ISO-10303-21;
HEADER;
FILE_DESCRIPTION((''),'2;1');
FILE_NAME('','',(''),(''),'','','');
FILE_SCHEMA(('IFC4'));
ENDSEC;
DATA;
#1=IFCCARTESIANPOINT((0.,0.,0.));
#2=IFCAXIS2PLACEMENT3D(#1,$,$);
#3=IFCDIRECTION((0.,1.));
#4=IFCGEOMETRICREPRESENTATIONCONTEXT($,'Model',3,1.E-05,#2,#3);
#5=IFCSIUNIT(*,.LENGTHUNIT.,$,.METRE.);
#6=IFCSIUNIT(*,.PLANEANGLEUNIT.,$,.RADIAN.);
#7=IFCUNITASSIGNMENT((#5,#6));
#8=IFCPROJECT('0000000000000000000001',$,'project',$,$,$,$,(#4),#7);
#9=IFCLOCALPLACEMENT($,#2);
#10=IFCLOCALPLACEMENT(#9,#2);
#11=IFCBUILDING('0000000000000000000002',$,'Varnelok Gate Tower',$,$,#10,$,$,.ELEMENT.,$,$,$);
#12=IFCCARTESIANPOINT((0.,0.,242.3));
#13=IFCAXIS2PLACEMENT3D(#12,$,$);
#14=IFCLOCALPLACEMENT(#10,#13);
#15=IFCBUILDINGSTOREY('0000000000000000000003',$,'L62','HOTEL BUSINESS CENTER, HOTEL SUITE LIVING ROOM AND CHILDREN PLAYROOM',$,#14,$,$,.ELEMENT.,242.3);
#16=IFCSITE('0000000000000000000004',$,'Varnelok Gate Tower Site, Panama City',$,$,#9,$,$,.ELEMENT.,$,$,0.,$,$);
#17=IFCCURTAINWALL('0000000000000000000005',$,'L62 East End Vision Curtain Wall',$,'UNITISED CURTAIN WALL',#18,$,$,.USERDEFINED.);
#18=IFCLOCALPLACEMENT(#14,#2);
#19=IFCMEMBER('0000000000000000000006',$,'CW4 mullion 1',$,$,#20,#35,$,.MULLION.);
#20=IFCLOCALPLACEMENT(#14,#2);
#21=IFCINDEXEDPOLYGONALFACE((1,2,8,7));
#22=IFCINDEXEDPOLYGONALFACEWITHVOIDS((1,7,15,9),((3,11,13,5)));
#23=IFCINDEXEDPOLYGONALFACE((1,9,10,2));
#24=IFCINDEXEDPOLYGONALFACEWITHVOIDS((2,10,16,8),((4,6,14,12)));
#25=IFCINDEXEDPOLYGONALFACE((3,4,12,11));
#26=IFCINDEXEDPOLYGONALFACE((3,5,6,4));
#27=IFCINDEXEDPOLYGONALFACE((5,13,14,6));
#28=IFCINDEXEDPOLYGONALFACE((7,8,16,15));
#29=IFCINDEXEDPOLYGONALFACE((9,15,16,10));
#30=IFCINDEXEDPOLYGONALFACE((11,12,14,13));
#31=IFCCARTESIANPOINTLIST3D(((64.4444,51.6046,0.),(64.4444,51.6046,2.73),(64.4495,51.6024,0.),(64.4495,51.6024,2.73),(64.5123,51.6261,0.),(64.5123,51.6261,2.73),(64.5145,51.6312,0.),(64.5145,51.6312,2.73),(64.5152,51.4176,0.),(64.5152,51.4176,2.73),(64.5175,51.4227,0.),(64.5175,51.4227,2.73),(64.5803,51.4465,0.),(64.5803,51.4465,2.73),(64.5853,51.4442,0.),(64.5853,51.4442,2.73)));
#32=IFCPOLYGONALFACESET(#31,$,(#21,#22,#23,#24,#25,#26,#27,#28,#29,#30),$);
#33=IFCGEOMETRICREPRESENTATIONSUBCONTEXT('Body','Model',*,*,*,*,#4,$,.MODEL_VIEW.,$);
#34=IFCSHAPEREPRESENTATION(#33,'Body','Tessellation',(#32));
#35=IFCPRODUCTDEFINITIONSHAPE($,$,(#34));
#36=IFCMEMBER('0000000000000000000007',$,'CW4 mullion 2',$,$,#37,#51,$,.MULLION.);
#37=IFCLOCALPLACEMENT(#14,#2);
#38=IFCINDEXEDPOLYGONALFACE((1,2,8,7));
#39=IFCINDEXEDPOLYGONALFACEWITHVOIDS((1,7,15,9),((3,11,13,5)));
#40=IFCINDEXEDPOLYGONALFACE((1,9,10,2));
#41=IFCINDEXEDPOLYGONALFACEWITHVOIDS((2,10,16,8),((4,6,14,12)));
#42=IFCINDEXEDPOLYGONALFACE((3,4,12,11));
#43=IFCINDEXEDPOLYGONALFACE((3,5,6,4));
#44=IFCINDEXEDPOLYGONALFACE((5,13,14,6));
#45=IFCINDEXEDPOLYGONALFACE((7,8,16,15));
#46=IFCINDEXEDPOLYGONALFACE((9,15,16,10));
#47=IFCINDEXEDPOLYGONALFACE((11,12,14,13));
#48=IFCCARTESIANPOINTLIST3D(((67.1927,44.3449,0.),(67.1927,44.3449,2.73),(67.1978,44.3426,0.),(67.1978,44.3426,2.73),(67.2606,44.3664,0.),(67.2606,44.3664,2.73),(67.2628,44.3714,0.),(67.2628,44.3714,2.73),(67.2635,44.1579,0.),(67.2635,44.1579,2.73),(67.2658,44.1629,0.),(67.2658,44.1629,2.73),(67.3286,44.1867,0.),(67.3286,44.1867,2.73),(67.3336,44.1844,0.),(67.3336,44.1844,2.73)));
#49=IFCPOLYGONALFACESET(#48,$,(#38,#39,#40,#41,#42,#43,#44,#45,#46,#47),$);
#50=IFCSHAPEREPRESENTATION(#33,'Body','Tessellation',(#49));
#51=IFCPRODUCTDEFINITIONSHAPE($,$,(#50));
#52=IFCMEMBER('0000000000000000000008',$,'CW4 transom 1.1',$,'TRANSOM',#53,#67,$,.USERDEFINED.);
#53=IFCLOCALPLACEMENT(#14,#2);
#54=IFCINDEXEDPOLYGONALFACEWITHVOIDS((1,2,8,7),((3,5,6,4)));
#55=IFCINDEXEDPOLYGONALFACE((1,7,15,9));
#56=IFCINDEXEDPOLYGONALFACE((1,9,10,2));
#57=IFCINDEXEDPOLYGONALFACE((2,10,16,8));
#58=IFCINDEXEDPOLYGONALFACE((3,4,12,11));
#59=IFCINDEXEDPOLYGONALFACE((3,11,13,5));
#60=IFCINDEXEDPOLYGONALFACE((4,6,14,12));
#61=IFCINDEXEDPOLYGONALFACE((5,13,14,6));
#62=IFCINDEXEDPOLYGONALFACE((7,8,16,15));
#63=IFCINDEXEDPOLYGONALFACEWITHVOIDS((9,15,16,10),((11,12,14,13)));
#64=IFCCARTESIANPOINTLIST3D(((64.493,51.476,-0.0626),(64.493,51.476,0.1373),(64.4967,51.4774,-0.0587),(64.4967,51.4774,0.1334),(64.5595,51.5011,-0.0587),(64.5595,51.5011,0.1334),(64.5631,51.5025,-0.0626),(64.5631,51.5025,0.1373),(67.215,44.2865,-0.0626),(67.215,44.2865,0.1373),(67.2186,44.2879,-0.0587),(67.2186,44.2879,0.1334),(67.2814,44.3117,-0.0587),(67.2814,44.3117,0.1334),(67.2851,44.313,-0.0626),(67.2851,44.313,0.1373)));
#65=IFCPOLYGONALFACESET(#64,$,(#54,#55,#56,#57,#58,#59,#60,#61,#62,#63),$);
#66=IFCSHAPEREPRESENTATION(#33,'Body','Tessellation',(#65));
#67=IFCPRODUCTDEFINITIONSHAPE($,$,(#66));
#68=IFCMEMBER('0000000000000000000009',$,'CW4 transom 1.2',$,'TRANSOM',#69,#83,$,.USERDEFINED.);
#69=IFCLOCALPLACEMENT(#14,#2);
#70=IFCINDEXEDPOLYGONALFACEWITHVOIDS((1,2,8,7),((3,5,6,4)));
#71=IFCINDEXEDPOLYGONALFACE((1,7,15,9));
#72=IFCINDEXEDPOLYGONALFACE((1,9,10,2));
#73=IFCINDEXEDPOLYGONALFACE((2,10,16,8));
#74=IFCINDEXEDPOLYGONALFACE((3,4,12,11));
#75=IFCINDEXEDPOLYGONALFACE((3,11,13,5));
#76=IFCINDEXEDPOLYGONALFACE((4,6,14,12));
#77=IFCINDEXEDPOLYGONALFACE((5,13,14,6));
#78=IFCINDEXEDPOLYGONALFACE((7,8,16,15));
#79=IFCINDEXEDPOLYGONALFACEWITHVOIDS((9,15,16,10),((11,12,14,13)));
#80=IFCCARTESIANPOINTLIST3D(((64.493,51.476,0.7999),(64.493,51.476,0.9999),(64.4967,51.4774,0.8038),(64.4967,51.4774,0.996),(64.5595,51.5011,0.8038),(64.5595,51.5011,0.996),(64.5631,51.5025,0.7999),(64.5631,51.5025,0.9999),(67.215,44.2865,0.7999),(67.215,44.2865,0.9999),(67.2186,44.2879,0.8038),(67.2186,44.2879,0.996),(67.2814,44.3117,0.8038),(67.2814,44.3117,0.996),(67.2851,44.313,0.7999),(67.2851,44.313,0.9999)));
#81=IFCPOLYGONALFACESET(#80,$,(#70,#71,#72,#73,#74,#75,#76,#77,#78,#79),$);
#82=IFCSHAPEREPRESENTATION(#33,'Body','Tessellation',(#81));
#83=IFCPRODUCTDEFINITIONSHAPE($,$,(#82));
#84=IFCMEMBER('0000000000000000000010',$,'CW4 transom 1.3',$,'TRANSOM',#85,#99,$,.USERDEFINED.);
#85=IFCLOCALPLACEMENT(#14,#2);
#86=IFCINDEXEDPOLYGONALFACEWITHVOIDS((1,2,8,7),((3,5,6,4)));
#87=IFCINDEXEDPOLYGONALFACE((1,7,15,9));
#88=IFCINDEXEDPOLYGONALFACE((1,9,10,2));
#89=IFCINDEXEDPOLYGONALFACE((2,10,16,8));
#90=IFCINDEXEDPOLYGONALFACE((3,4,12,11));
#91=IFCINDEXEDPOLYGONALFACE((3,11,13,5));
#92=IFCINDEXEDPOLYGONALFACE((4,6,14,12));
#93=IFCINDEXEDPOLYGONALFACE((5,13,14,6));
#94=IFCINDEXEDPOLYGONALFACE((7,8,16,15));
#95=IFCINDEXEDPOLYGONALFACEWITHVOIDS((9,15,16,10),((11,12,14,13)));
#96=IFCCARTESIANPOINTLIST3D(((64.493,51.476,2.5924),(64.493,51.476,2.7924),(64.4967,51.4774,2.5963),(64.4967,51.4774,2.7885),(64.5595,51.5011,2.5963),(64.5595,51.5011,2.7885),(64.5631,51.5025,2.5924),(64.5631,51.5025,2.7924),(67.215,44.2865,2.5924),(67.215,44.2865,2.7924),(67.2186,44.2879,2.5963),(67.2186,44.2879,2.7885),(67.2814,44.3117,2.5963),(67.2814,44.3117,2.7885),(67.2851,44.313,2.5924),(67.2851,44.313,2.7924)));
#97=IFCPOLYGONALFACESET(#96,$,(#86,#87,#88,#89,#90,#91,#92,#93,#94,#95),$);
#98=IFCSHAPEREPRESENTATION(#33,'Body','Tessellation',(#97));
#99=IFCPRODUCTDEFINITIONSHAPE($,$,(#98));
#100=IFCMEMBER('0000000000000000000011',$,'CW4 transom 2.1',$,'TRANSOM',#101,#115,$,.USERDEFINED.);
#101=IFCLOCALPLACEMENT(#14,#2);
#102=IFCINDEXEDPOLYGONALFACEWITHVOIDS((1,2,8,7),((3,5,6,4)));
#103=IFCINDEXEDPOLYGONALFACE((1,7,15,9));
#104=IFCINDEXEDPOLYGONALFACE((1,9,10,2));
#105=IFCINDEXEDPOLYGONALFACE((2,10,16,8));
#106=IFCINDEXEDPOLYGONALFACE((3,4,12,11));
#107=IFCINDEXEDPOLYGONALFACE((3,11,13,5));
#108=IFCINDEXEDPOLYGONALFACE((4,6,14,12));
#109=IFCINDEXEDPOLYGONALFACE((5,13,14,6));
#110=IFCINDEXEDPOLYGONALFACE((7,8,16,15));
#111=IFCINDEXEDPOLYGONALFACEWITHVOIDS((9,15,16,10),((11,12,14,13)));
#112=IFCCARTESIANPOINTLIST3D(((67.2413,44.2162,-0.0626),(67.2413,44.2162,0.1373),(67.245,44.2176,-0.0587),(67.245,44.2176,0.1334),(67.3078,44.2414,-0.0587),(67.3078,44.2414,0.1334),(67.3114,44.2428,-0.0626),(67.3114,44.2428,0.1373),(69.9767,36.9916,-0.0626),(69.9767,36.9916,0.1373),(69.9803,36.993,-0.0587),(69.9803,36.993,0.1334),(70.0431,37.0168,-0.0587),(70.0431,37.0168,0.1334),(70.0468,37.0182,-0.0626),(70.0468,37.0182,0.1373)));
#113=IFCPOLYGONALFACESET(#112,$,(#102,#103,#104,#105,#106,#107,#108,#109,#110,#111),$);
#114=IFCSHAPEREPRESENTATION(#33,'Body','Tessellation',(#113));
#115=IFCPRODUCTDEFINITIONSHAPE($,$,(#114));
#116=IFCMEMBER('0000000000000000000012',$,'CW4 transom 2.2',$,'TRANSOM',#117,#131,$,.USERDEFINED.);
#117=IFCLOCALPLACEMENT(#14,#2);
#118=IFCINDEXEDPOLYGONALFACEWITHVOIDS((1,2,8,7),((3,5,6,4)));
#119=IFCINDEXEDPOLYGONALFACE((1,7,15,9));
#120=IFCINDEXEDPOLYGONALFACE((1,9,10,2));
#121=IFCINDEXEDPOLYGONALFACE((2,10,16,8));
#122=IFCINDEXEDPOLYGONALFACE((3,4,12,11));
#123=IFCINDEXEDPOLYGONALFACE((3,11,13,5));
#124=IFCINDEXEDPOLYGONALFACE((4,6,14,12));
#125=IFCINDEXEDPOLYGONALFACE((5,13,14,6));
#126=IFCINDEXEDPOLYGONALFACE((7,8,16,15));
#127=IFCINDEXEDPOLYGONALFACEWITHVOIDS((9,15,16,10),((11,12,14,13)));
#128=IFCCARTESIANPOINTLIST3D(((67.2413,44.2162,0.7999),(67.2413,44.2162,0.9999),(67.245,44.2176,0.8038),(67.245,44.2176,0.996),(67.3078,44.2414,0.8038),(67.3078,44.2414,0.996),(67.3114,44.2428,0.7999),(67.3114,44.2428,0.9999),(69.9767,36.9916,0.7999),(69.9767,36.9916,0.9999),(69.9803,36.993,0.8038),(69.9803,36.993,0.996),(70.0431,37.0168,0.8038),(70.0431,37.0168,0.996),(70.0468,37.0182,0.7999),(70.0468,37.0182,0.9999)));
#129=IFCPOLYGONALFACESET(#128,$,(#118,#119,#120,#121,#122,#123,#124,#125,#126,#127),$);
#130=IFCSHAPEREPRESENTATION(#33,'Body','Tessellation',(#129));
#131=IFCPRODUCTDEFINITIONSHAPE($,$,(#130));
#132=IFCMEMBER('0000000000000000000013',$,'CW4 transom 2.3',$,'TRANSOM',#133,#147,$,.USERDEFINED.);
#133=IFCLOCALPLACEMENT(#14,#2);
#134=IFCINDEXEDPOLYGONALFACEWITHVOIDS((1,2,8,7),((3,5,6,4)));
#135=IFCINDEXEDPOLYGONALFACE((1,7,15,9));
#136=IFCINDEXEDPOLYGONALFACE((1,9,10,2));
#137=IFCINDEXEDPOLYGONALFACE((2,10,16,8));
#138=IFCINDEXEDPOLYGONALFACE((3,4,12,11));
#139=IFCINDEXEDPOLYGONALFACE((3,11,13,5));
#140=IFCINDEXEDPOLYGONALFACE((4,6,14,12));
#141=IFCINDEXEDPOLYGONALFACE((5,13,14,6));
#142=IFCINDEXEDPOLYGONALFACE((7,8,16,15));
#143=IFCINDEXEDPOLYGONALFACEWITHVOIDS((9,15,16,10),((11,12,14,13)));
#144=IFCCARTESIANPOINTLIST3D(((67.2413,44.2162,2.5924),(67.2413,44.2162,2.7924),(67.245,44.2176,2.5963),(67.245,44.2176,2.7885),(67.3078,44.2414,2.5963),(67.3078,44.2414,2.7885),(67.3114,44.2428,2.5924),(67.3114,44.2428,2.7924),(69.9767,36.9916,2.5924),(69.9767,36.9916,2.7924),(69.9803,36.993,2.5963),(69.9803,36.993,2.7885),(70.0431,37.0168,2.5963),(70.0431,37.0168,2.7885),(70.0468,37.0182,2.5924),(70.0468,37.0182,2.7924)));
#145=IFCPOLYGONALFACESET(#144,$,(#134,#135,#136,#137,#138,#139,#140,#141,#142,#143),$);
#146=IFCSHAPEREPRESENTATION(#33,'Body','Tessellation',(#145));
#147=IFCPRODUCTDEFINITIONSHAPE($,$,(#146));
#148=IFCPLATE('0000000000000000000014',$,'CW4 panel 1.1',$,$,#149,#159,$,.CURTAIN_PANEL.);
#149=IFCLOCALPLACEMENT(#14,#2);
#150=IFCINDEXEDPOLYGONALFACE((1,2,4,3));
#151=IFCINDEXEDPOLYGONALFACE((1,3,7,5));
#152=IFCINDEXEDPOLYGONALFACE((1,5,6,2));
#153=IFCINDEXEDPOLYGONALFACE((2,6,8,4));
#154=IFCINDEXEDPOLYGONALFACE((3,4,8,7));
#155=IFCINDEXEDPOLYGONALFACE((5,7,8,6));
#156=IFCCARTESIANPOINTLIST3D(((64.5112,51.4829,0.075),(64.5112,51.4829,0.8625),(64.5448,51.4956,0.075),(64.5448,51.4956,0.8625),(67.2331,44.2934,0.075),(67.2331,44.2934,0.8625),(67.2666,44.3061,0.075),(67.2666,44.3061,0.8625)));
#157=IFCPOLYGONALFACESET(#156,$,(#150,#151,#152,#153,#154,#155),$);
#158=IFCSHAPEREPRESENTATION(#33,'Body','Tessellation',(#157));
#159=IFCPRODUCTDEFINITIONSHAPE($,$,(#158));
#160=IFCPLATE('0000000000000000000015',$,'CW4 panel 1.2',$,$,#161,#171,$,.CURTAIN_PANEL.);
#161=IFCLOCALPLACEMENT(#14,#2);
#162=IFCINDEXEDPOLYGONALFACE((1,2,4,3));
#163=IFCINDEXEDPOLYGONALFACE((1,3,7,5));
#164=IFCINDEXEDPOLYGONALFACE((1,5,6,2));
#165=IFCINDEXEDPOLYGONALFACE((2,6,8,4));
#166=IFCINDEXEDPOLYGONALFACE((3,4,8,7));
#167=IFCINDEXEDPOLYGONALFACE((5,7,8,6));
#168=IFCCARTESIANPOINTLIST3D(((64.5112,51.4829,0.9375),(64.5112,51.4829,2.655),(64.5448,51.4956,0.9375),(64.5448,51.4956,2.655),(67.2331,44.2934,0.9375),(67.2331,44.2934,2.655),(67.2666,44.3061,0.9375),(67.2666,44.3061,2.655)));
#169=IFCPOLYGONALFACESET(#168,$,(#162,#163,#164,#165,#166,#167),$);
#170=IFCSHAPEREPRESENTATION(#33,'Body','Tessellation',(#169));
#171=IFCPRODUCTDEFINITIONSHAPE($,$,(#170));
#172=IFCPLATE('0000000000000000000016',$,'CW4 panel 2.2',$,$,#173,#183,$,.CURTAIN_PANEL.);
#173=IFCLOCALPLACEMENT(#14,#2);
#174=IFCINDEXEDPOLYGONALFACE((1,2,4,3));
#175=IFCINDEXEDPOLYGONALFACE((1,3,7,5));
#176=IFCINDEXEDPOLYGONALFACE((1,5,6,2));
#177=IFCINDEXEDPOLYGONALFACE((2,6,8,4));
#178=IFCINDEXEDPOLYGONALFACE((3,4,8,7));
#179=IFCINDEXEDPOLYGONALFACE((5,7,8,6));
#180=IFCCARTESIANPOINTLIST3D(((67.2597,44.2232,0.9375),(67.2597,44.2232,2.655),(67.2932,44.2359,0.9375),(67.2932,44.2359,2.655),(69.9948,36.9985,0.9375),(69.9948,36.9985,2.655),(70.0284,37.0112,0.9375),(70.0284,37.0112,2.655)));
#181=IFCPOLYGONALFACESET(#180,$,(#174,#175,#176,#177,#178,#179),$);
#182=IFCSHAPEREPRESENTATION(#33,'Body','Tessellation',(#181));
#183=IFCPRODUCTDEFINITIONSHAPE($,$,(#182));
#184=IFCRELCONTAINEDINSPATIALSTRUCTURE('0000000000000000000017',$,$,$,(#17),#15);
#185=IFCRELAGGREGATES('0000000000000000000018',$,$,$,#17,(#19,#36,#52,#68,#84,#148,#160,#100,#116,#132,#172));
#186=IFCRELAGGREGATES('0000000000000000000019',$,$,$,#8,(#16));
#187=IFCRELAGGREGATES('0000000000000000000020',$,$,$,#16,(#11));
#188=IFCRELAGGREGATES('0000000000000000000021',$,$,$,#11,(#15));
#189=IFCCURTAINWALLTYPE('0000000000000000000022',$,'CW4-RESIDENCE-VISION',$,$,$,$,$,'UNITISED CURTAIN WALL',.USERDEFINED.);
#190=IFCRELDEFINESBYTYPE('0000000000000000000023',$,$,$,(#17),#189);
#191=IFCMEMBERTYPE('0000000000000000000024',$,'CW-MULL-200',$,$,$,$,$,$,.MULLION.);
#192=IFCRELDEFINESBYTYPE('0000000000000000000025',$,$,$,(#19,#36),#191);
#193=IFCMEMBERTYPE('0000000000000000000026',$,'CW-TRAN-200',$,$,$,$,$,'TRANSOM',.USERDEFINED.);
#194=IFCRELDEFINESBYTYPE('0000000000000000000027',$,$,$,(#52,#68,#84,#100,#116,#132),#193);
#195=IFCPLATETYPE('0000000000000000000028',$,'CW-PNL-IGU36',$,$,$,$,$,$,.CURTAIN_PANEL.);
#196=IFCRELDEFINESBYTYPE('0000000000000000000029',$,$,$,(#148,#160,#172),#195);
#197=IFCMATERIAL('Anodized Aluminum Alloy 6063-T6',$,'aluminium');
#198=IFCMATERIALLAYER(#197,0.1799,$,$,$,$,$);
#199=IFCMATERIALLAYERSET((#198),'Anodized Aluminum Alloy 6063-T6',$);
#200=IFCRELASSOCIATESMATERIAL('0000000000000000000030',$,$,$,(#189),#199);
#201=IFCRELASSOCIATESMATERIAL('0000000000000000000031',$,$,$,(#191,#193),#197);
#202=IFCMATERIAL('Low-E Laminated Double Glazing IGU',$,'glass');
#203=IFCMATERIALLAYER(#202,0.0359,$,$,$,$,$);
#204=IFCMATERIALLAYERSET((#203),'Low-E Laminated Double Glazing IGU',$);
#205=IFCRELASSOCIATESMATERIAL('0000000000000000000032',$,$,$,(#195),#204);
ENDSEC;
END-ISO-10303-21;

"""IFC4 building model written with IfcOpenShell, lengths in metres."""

from ifc_helpers import new_model, si_unit, direction, frame, origin, origin_2d, place, context, subcontext, project, spatial, rectangle, hollow_rectangle, extrude, source, transform, mapped, material, layer, layer_set, material_profile, profile_set, type_object, element, aggregate, save


model = new_model("IFC4")

# Units and contexts
model_context = context("Model", 3, precision=1e-05, world=origin(), true_north=direction((0.0, 1.0)))
body_context = subcontext(model_context, "Body", "Model", "MODEL_VIEW")
ifc_project = project(units=[si_unit("LENGTHUNIT", "METRE"), si_unit("PLANEANGLEUNIT", "RADIAN")], contexts=[model_context])

# Site, building, storey
site_placement = place(None, origin())
site = spatial("IfcSite", under=ifc_project, at=site_placement, Name="Varnelok Gate Tower Site, Panama City", CompositionType="ELEMENT", RefElevation=0.0)
building_placement = place(site_placement, origin())
building = spatial("IfcBuilding", under=site, at=building_placement, Name="Varnelok Gate Tower", CompositionType="ELEMENT")
storey_placement = place(building_placement, frame((0.0, 0.0, 242.3)))
storey = spatial("IfcBuildingStorey", under=building, at=storey_placement, Name="L62", Description="HOTEL BUSINESS CENTER, HOTEL SUITE LIVING ROOM AND CHILDREN PLAYROOM", CompositionType="ELEMENT", Elevation=242.3)

# Curtain wall, members, plates
ifc_material_1 = material(Name="Anodized Aluminum Alloy 6063-T6", Category="aluminium")
ifc_layer_1 = layer(ifc_material_1, 0.1799)
ifc_layer_set_1 = layer_set([ifc_layer_1], Name="Anodized Aluminum Alloy 6063-T6")
curtain_wall_type = type_object("IfcCurtainWallType", Name="CW4-RESIDENCE-VISION", ElementType="UNITISED CURTAIN WALL", PredefinedType="USERDEFINED", material=ifc_layer_set_1)
curtain_wall_placement = place(storey_placement, origin())
curtain_wall = element("IfcCurtainWall", 1, at=curtain_wall_placement, inside=storey, type_object=curtain_wall_type, Name="L62 East End Vision Curtain Wall", ObjectType="UNITISED CURTAIN WALL", PredefinedType="USERDEFINED")
ifc_material_profile_1 = material_profile(ifc_material_1, hollow_rectangle(XDim=0.075, YDim=0.2, WallThickness=0.0039, at=origin_2d()), Name="ALU200X75X4")
ifc_profile_set_1 = profile_set([ifc_material_profile_1], Name="Anodized Aluminum Alloy 6063-T6")
member_type_1 = type_object("IfcMemberType", Name="CW-MULL-200", PredefinedType="MULLION", material=ifc_profile_set_1)
member_1_placement = place(storey_placement, frame((64.5149, 51.5244, 0.0), z_axis=(0.0, 0.0, 1.0), x_axis=(0.935222, 0.354063, 0.0)))
member_1 = element("IfcMember", 2, at=member_1_placement, type_object=member_type_1, Name="CW4 mullion 1", PredefinedType="MULLION", context=body_context, shape_type="SweptSolid", body=[
    extrude(hollow_rectangle(XDim=0.075, YDim=0.2, WallThickness=0.0039, at=origin_2d()), origin(), (0.0, 0.0, 1.0), 2.73),
])
member_2_placement = place(storey_placement, frame((67.2632, 44.2646, 0.0), z_axis=(0.0, 0.0, 1.0), x_axis=(0.935222, 0.354063, 0.0)))
member_2 = element("IfcMember", 3, at=member_2_placement, type_object=member_type_1, Name="CW4 mullion 2", PredefinedType="MULLION", context=body_context, shape_type="SweptSolid", body=[
    extrude(hollow_rectangle(XDim=0.075, YDim=0.2, WallThickness=0.0039, at=origin_2d()), origin(), (0.0, 0.0, 1.0), 2.73),
])
ifc_material_profile_2 = material_profile(ifc_material_1, hollow_rectangle(XDim=0.075, YDim=0.2, WallThickness=0.0039, at=origin_2d()), Name="ALU200X75X4")
ifc_profile_set_2 = profile_set([ifc_material_profile_2], Name="Anodized Aluminum Alloy 6063-T6")
member_type_2 = type_object("IfcMemberType", Name="CW-TRAN-200", ElementType="TRANSOM", PredefinedType="USERDEFINED", material=ifc_profile_set_2)
member_3_placement = place(storey_placement, frame((64.5281, 51.4893, 0.0374), z_axis=(0.354073, -0.935218, 0.0), x_axis=(0.935218, 0.354073, 0.0)))
member_3 = element("IfcMember", 4, at=member_3_placement, type_object=member_type_2, Name="CW4 transom 1.1", ObjectType="TRANSOM", PredefinedType="USERDEFINED", context=body_context, shape_type="SweptSolid", body=[
    extrude(hollow_rectangle(XDim=0.075, YDim=0.2, WallThickness=0.0039, at=origin_2d()), origin(), (0.0, 0.0, 1.0), 7.6875),
])
member_4_placement = place(storey_placement, frame((64.5281, 51.4893, 0.8999), z_axis=(0.354073, -0.935218, 0.0), x_axis=(0.935218, 0.354073, 0.0)))
member_4 = element("IfcMember", 5, at=member_4_placement, type_object=member_type_2, Name="CW4 transom 1.2", ObjectType="TRANSOM", PredefinedType="USERDEFINED", context=body_context, shape_type="SweptSolid", body=[
    extrude(hollow_rectangle(XDim=0.075, YDim=0.2, WallThickness=0.0039, at=origin_2d()), origin(), (0.0, 0.0, 1.0), 7.6875),
])
member_5_placement = place(storey_placement, frame((64.5281, 51.4893, 2.6924), z_axis=(0.354073, -0.935218, 0.0), x_axis=(0.935218, 0.354073, 0.0)))
member_5 = element("IfcMember", 6, at=member_5_placement, type_object=member_type_2, Name="CW4 transom 1.3", ObjectType="TRANSOM", PredefinedType="USERDEFINED", context=body_context, shape_type="SweptSolid", body=[
    extrude(hollow_rectangle(XDim=0.075, YDim=0.2, WallThickness=0.0039, at=origin_2d()), origin(), (0.0, 0.0, 1.0), 7.6875),
])
member_6_placement = place(storey_placement, frame((67.2764, 44.2295, 0.0374), z_axis=(0.354086, -0.935213, 0.0), x_axis=(0.935213, 0.354086, 0.0)))
member_6 = element("IfcMember", 7, at=member_6_placement, type_object=member_type_2, Name="CW4 transom 2.1", ObjectType="TRANSOM", PredefinedType="USERDEFINED", context=body_context, shape_type="SweptSolid", body=[
    extrude(hollow_rectangle(XDim=0.075, YDim=0.2, WallThickness=0.0039, at=origin_2d()), origin(), (0.0, 0.0, 1.0), 7.7251),
])
member_7_placement = place(storey_placement, frame((67.2764, 44.2295, 0.8999), z_axis=(0.354086, -0.935213, 0.0), x_axis=(0.935213, 0.354086, 0.0)))
member_7 = element("IfcMember", 8, at=member_7_placement, type_object=member_type_2, Name="CW4 transom 2.2", ObjectType="TRANSOM", PredefinedType="USERDEFINED", context=body_context, shape_type="SweptSolid", body=[
    extrude(hollow_rectangle(XDim=0.075, YDim=0.2, WallThickness=0.0039, at=origin_2d()), origin(), (0.0, 0.0, 1.0), 7.7251),
])
member_8_placement = place(storey_placement, frame((67.2764, 44.2295, 2.6924), z_axis=(0.354086, -0.935213, 0.0), x_axis=(0.935213, 0.354086, 0.0)))
member_8 = element("IfcMember", 9, at=member_8_placement, type_object=member_type_2, Name="CW4 transom 2.3", ObjectType="TRANSOM", PredefinedType="USERDEFINED", context=body_context, shape_type="SweptSolid", body=[
    extrude(hollow_rectangle(XDim=0.075, YDim=0.2, WallThickness=0.0039, at=origin_2d()), origin(), (0.0, 0.0, 1.0), 7.7251),
])
ifc_material_2 = material(Name="Low-E Laminated Double Glazing IGU", Category="glass")
ifc_layer_2 = layer(ifc_material_2, 0.0359)
ifc_layer_set_2 = layer_set([ifc_layer_2], Name="Low-E Laminated Double Glazing IGU")
plate_type = type_object("IfcPlateType", Name="CW-PNL-IGU36", PredefinedType="CURTAIN_PANEL", material=ifc_layer_set_2)
shared_shape_1 = source(origin(), body_context, "Body", "SweptSolid", [
    extrude(rectangle(XDim=7.6875, YDim=0.0359, at=origin_2d()), origin(), (0.0, 0.0, 1.0), 0.7876),
])
plate_1_placement = place(storey_placement, frame((65.8889, 47.8945, 0.075), z_axis=(0.0, 0.0, 1.0), x_axis=(0.354063, -0.935222, 0.0)))
plate_1 = element("IfcPlate", 10, at=plate_1_placement, type_object=plate_type, Name="CW4 panel 1.1", PredefinedType="CURTAIN_PANEL", context=body_context, shape_type="MappedRepresentation", body=[
    mapped(shared_shape_1, transform((0.0, 0.0, 0.0), scale=1.0)),
])
shared_shape_2 = source(origin(), body_context, "Body", "SweptSolid", [
    extrude(rectangle(XDim=7.6875, YDim=0.0359, at=origin_2d()), origin(), (0.0, 0.0, 1.0), 1.7175),
])
plate_2_placement = place(storey_placement, frame((65.8889, 47.8945, 0.9375), z_axis=(0.0, 0.0, 1.0), x_axis=(0.354063, -0.935222, 0.0)))
plate_2 = element("IfcPlate", 11, at=plate_2_placement, type_object=plate_type, Name="CW4 panel 1.2", PredefinedType="CURTAIN_PANEL", context=body_context, shape_type="MappedRepresentation", body=[
    mapped(shared_shape_2, transform((0.0, 0.0, 0.0), scale=1.0)),
])
shared_shape_3 = source(origin(), body_context, "Body", "SweptSolid", [
    extrude(rectangle(XDim=7.7251, YDim=0.0359, at=origin_2d()), origin(), (0.0, 0.0, 1.0), 1.7175),
])
plate_3_placement = place(storey_placement, frame((68.644, 40.6172, 0.9375), z_axis=(0.0, 0.0, 1.0), x_axis=(0.354063, -0.935222, 0.0)))
plate_3 = element("IfcPlate", 12, at=plate_3_placement, type_object=plate_type, Name="CW4 panel 2.2", PredefinedType="CURTAIN_PANEL", context=body_context, shape_type="MappedRepresentation", body=[
    mapped(shared_shape_3, transform((0.0, 0.0, 0.0), scale=1.0)),
])
aggregate(curtain_wall, [member_1, member_2, member_3, member_4, member_5, plate_1, plate_2, member_6, member_7, member_8, plate_3])

save(model, "model.ifc")
